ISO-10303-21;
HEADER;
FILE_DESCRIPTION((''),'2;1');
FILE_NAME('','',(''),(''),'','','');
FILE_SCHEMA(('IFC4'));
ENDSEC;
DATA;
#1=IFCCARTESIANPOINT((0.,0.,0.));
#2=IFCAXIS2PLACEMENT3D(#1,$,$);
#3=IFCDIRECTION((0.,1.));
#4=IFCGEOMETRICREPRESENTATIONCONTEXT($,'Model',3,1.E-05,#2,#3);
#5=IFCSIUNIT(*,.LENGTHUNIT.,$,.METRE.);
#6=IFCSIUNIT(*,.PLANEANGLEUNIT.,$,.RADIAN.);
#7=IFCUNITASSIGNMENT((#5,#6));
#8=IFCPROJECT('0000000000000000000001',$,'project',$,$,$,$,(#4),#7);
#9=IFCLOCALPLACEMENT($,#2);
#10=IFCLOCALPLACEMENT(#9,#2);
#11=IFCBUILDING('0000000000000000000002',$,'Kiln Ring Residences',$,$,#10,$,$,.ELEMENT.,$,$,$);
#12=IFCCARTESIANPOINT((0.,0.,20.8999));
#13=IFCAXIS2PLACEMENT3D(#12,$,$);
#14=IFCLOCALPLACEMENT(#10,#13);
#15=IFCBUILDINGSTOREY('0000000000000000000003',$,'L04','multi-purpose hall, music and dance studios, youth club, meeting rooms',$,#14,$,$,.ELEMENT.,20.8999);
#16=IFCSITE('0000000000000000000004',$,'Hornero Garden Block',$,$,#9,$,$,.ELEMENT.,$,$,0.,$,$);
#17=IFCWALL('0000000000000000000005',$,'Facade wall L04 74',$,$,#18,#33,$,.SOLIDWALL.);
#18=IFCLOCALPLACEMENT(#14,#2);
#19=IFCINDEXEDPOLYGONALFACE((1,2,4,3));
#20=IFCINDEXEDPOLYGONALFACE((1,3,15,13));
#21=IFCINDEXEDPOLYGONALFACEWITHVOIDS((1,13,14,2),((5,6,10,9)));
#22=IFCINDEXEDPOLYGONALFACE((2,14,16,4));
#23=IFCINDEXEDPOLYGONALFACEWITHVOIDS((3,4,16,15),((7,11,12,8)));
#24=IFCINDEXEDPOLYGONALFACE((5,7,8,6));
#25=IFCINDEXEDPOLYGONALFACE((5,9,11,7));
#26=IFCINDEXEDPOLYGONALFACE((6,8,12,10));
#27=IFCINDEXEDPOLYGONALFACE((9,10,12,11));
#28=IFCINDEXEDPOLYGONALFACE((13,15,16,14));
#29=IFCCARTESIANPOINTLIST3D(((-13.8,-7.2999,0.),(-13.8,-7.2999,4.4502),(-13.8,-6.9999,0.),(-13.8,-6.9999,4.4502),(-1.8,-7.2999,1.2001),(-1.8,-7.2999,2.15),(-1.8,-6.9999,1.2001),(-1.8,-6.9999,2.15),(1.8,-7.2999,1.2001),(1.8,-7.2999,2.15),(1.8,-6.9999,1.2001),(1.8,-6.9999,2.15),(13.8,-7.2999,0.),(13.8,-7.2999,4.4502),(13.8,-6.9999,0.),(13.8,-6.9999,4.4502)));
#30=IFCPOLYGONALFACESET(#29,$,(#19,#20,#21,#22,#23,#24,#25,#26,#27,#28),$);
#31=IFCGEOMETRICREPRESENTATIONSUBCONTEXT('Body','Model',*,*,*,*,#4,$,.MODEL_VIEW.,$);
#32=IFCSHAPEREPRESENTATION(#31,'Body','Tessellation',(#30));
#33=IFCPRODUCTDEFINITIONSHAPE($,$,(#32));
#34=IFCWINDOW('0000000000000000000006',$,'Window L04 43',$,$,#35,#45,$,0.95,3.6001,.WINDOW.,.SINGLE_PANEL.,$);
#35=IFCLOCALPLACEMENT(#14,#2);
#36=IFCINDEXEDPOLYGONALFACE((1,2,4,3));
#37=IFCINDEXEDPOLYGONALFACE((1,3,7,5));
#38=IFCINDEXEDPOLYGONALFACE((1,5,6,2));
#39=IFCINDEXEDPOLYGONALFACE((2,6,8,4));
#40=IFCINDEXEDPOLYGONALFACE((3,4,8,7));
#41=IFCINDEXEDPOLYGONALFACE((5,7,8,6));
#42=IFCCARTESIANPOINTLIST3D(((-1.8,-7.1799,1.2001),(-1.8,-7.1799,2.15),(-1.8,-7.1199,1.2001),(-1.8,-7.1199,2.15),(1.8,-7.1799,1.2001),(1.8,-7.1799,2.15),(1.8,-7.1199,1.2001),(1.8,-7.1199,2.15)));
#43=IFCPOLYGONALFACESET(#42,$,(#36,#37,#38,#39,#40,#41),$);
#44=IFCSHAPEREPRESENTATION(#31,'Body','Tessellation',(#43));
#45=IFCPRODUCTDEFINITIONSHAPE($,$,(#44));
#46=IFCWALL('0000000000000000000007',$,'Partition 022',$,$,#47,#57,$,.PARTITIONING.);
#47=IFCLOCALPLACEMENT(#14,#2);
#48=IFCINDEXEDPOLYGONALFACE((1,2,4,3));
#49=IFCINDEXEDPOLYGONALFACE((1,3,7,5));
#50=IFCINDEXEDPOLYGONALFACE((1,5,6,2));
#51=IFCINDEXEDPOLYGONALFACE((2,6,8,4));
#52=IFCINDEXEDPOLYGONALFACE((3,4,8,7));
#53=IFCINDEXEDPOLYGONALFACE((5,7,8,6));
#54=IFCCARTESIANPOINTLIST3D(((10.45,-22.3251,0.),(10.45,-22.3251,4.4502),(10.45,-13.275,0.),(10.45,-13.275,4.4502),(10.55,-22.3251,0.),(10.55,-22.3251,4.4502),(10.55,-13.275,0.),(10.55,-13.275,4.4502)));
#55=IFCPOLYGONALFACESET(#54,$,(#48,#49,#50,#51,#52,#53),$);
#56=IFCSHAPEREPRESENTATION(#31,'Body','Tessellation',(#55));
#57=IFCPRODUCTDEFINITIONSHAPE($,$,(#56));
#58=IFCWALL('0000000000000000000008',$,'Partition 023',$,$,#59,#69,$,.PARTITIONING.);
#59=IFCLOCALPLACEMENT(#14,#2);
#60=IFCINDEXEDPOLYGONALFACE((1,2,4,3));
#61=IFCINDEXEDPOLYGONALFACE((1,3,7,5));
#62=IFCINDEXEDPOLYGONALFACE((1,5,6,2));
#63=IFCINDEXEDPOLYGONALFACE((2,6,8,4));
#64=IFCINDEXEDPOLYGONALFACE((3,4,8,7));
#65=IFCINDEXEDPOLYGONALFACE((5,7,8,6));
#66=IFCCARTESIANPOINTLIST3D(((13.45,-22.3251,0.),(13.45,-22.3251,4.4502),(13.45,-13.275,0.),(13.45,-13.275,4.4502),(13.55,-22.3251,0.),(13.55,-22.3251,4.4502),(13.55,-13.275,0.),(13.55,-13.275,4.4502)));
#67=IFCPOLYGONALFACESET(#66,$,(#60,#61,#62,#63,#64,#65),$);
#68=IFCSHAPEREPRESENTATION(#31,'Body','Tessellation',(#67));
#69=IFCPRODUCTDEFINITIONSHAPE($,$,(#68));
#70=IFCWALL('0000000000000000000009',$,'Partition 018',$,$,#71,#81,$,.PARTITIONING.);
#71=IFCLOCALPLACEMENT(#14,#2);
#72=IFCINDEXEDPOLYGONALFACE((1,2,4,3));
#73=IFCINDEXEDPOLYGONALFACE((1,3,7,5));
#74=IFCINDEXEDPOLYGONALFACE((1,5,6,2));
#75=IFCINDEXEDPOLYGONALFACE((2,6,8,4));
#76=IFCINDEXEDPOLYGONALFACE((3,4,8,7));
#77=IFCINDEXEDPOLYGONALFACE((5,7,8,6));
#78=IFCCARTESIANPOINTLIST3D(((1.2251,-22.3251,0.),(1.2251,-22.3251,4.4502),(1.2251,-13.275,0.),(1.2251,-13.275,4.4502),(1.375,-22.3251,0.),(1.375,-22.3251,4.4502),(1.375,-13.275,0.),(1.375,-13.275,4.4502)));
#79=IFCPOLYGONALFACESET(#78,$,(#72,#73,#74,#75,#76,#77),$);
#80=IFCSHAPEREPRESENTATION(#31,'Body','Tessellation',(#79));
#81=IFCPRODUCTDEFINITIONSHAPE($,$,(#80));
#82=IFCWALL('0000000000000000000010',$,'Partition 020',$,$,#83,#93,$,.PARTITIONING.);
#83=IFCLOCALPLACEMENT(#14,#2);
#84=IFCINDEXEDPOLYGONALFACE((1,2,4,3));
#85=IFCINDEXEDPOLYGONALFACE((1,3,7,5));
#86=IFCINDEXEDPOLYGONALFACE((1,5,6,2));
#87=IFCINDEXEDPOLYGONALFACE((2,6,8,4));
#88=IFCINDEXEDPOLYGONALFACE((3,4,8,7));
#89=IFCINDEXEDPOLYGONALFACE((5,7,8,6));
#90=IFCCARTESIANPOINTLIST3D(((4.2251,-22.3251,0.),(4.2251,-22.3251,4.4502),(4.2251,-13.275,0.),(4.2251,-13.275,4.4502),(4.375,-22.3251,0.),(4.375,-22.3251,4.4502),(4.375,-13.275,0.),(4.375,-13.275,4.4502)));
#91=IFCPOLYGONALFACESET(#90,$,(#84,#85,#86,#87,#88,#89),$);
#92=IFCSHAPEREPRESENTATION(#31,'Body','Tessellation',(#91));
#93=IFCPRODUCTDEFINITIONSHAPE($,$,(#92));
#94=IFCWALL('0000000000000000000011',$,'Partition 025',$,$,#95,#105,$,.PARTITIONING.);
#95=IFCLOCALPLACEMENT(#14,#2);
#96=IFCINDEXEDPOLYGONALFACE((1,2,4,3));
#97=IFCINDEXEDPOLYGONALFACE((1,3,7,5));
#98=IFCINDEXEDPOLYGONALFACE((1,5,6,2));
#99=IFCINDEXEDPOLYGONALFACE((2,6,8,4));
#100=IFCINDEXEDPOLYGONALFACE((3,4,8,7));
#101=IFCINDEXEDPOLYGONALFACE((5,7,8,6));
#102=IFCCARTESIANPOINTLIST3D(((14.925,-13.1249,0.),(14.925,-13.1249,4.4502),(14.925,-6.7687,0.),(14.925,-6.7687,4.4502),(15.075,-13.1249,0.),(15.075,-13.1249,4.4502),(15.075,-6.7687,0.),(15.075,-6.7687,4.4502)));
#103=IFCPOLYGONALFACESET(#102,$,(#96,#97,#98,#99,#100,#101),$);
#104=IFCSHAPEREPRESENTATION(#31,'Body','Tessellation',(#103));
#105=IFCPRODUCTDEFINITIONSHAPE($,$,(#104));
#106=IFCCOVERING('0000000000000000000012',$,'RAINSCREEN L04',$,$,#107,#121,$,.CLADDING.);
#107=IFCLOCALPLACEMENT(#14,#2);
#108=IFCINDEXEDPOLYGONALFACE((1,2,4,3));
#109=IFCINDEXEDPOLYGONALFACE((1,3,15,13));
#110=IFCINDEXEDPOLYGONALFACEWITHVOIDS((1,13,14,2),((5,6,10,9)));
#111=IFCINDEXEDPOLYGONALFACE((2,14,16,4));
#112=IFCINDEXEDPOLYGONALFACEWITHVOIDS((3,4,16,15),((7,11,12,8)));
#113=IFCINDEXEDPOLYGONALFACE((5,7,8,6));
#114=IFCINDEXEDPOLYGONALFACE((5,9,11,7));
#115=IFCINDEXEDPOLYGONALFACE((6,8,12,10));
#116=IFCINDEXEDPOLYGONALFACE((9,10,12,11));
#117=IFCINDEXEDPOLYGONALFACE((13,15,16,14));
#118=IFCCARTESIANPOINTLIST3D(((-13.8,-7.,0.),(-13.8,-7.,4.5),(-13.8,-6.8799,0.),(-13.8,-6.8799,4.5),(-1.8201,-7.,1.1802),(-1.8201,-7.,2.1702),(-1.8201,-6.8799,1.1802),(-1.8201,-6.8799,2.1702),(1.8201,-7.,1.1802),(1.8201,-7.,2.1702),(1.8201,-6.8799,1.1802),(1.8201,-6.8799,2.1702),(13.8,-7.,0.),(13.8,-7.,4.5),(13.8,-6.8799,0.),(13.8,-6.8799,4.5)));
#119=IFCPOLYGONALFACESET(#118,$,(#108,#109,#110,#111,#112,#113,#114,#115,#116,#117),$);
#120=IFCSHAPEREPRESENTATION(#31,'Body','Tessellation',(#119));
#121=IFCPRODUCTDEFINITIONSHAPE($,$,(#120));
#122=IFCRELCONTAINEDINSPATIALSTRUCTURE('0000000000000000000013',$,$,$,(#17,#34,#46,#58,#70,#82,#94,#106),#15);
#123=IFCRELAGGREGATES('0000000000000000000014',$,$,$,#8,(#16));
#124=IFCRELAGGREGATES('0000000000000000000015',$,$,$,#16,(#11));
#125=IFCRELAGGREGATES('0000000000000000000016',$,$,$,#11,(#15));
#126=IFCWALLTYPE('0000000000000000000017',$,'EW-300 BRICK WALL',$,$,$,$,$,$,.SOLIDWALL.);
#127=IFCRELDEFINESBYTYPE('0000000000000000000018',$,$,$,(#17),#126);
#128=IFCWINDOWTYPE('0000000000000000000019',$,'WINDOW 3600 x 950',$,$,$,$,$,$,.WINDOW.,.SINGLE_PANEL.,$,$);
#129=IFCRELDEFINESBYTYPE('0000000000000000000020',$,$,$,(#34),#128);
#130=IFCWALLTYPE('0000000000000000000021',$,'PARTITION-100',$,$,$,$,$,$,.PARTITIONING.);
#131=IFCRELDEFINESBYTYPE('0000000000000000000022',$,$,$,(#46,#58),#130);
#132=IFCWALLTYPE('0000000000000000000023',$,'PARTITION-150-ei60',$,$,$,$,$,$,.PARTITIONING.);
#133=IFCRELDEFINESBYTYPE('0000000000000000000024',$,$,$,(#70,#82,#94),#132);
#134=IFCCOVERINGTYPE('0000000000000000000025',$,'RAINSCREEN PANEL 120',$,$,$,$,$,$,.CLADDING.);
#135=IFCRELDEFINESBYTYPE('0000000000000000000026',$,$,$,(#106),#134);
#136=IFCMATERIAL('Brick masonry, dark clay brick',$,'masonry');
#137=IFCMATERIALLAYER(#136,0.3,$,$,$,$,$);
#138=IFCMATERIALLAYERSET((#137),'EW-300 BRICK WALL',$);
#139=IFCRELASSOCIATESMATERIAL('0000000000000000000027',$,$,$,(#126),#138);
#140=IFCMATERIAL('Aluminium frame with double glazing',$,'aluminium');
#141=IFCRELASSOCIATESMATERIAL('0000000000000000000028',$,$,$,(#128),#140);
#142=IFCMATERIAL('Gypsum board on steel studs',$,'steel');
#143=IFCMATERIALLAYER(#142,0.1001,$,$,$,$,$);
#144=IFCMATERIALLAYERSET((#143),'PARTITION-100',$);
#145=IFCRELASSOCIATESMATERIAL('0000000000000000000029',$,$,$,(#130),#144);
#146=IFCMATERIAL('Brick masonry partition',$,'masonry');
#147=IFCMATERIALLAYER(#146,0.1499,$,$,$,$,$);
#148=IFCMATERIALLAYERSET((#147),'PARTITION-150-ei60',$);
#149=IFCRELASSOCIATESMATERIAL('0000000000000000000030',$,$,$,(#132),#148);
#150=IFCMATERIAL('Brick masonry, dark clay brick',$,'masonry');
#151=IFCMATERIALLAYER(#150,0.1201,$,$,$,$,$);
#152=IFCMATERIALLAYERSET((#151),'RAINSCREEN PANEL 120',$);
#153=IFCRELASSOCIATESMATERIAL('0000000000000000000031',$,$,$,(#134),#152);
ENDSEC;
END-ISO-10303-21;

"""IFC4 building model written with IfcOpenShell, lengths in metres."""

from ifc_helpers import new_model, si_unit, direction, frame, frame_2d, origin, place, context, subcontext, project, spatial, polyline, rectangle, outline, extrude, material, layer, layer_set, type_object, element, fill, save


model = new_model("IFC4")

# Units and contexts
model_context = context("Model", 3, precision=1e-05, world=origin(), true_north=direction((0.0, 1.0)))
body_context = subcontext(model_context, "Body", "Model", "MODEL_VIEW")
ifc_project = project(units=[si_unit("LENGTHUNIT", "METRE"), si_unit("PLANEANGLEUNIT", "RADIAN")], contexts=[model_context])

# Site, building, storey
site_placement = place(None, origin())
site = spatial("IfcSite", under=ifc_project, at=site_placement, Name="Hornero Garden Block", CompositionType="ELEMENT", RefElevation=0.0)
building_placement = place(site_placement, origin())
building = spatial("IfcBuilding", under=site, at=building_placement, Name="Kiln Ring Residences", CompositionType="ELEMENT")
storey_placement = place(building_placement, frame((0.0, 0.0, 20.8999)))
storey = spatial("IfcBuildingStorey", under=building, at=storey_placement, Name="L04", Description="multi-purpose hall, music and dance studios, youth club, meeting rooms", CompositionType="ELEMENT", Elevation=20.8999)

# Wall, opening, window
ifc_material_1 = material(Name="Brick masonry, dark clay brick", Category="masonry")
ifc_layer_1 = layer(ifc_material_1, 0.3)
ifc_layer_set_1 = layer_set([ifc_layer_1], Name="EW-300 BRICK WALL")
wall_type_1 = type_object("IfcWallType", Name="EW-300 BRICK WALL", PredefinedType="SOLIDWALL", material=ifc_layer_set_1)
wall_1_placement = place(storey_placement, frame((13.8, -7.1499, 0.0), z_axis=(0.0, 0.0, 1.0), x_axis=(-1.0, 0.0, 0.0)))
wall_1 = element("IfcWall", 1, at=wall_1_placement, inside=storey, type_object=wall_type_1, Name="Facade wall L04 74", PredefinedType="SOLIDWALL", context=body_context, shape_type="SweptSolid", body=[
    extrude(rectangle(XDim=27.6001, YDim=0.3, at=frame_2d((13.8, 0.0))), origin(), (0.0, 0.0, 1.0), 4.4502),
])
opening_placement = place(wall_1_placement, frame((12.0, 0.0, 1.2)))
opening = element("IfcOpeningElement", 2, at=opening_placement, cuts=wall_1, PredefinedType="OPENING", context=body_context, shape_type="SweptSolid", body=[
    extrude(rectangle(XDim=3.6001, YDim=0.95, at=frame_2d((1.8, 0.4751))), frame((0.0, 0.1599, 0.0), z_axis=(0.0, -1.0, 0.0), x_axis=(1.0, 0.0, 0.0)), (0.0, 0.0, 1.0), 0.3201),
])
ifc_material_2 = material(Name="Aluminium frame with double glazing", Category="aluminium")
window_type = type_object("IfcWindowType", Name="WINDOW 3600 x 950", PartitioningType="SINGLE_PANEL", PredefinedType="WINDOW", material=ifc_material_2)
window_placement = place(opening_placement, origin())
window = element("IfcWindow", 3, at=window_placement, inside=storey, type_object=window_type, Name="Window L04 43", OverallHeight=0.95, OverallWidth=3.6001, PartitioningType="SINGLE_PANEL", PredefinedType="WINDOW", context=body_context, shape_type="SweptSolid", body=[
    extrude(rectangle(XDim=3.6001, YDim=0.95, at=frame_2d((1.8, 0.4751))), frame((0.0, 0.03, 0.0), z_axis=(0.0, -1.0, 0.0), x_axis=(1.0, 0.0, 0.0)), (0.0, 0.0, 1.0), 0.0601),
])
fill(opening, window)

# Walls
ifc_material_3 = material(Name="Gypsum board on steel studs", Category="steel")
ifc_layer_2 = layer(ifc_material_3, 0.1001)
ifc_layer_set_2 = layer_set([ifc_layer_2], Name="PARTITION-100")
wall_type_2 = type_object("IfcWallType", Name="PARTITION-100", PredefinedType="PARTITIONING", material=ifc_layer_set_2)
for number, where, z_axis, x_axis, name in (
    (4, (10.5, -22.325, 0.0), (0.0, 0.0, 1.0), (0.0, 1.0, 0.0), "Partition 022"),
    (5, (13.5, -22.325, 0.0), (0.0, 0.0, 1.0), (0.0, 1.0, 0.0), "Partition 023"),
):
    element("IfcWall", number, at=place(storey_placement, frame(where, z_axis=z_axis, x_axis=x_axis)), inside=storey, type_object=wall_type_2, Name=name, PredefinedType="PARTITIONING", context=body_context, shape_type="SweptSolid", body=[
        extrude(rectangle(XDim=9.05, YDim=0.1001, at=frame_2d((4.5249, 0.0))), origin(), (0.0, 0.0, 1.0), 4.4502),
    ])
ifc_material_4 = material(Name="Brick masonry partition", Category="masonry")
ifc_layer_3 = layer(ifc_material_4, 0.1499)
ifc_layer_set_3 = layer_set([ifc_layer_3], Name="PARTITION-150-ei60")
wall_type_3 = type_object("IfcWallType", Name="PARTITION-150-ei60", PredefinedType="PARTITIONING", material=ifc_layer_set_3)
for number, where, z_axis, x_axis, name in (
    (6, (1.3, -22.325, 0.0), (0.0, 0.0, 1.0), (0.0, 1.0, 0.0), "Partition 018"),
    (7, (4.3, -22.325, 0.0), (0.0, 0.0, 1.0), (0.0, 1.0, 0.0), "Partition 020"),
):
    element("IfcWall", number, at=place(storey_placement, frame(where, z_axis=z_axis, x_axis=x_axis)), inside=storey, type_object=wall_type_3, Name=name, PredefinedType="PARTITIONING", context=body_context, shape_type="SweptSolid", body=[
        extrude(rectangle(XDim=9.05, YDim=0.1499, at=frame_2d((4.5249, 0.0))), origin(), (0.0, 0.0, 1.0), 4.4502),
    ])
wall_2_placement = place(storey_placement, frame((15.0, -13.125, 0.0), z_axis=(0.0, 0.0, 1.0), x_axis=(0.0, 1.0, 0.0)))
element("IfcWall", 8, at=wall_2_placement, inside=storey, type_object=wall_type_3, Name="Partition 025", PredefinedType="PARTITIONING", context=body_context, shape_type="SweptSolid", body=[
    extrude(rectangle(XDim=6.3562, YDim=0.1499, at=frame_2d((3.1782, 0.0))), origin(), (0.0, 0.0, 1.0), 4.4502),
])

# Covering
ifc_material_5 = material(Name="Brick masonry, dark clay brick", Category="masonry")
ifc_layer_4 = layer(ifc_material_5, 0.1201)
ifc_layer_set_4 = layer_set([ifc_layer_4], Name="RAINSCREEN PANEL 120")
covering_type = type_object("IfcCoveringType", Name="RAINSCREEN PANEL 120", PredefinedType="CLADDING", material=ifc_layer_set_4)
covering_placement = place(storey_placement, frame((13.8, -6.9399, 0.0), z_axis=(0.0, 0.0, 1.0), x_axis=(-1.0, 0.0, 0.0)))
element("IfcCovering", 9, at=covering_placement, inside=storey, type_object=covering_type, Name="RAINSCREEN L04", PredefinedType="CLADDING", context=body_context, shape_type="SweptSolid", body=[
    extrude(outline(polyline([(0.0, 0.0), (27.6001, 0.0), (27.6001, 4.5), (0.0, 4.5), (0.0, 0.0)]), holes=[polyline([(11.98, 2.1702), (11.98, 1.1802), (15.6201, 1.1802), (15.6201, 2.1702), (11.98, 2.1702)])]), frame((0.0, 0.0601, 0.0), z_axis=(0.0, -1.0, 0.0), x_axis=(1.0, 0.0, 0.0)), (0.0, 0.0, 1.0), 0.1201),
])

save(model, "model.ifc")
